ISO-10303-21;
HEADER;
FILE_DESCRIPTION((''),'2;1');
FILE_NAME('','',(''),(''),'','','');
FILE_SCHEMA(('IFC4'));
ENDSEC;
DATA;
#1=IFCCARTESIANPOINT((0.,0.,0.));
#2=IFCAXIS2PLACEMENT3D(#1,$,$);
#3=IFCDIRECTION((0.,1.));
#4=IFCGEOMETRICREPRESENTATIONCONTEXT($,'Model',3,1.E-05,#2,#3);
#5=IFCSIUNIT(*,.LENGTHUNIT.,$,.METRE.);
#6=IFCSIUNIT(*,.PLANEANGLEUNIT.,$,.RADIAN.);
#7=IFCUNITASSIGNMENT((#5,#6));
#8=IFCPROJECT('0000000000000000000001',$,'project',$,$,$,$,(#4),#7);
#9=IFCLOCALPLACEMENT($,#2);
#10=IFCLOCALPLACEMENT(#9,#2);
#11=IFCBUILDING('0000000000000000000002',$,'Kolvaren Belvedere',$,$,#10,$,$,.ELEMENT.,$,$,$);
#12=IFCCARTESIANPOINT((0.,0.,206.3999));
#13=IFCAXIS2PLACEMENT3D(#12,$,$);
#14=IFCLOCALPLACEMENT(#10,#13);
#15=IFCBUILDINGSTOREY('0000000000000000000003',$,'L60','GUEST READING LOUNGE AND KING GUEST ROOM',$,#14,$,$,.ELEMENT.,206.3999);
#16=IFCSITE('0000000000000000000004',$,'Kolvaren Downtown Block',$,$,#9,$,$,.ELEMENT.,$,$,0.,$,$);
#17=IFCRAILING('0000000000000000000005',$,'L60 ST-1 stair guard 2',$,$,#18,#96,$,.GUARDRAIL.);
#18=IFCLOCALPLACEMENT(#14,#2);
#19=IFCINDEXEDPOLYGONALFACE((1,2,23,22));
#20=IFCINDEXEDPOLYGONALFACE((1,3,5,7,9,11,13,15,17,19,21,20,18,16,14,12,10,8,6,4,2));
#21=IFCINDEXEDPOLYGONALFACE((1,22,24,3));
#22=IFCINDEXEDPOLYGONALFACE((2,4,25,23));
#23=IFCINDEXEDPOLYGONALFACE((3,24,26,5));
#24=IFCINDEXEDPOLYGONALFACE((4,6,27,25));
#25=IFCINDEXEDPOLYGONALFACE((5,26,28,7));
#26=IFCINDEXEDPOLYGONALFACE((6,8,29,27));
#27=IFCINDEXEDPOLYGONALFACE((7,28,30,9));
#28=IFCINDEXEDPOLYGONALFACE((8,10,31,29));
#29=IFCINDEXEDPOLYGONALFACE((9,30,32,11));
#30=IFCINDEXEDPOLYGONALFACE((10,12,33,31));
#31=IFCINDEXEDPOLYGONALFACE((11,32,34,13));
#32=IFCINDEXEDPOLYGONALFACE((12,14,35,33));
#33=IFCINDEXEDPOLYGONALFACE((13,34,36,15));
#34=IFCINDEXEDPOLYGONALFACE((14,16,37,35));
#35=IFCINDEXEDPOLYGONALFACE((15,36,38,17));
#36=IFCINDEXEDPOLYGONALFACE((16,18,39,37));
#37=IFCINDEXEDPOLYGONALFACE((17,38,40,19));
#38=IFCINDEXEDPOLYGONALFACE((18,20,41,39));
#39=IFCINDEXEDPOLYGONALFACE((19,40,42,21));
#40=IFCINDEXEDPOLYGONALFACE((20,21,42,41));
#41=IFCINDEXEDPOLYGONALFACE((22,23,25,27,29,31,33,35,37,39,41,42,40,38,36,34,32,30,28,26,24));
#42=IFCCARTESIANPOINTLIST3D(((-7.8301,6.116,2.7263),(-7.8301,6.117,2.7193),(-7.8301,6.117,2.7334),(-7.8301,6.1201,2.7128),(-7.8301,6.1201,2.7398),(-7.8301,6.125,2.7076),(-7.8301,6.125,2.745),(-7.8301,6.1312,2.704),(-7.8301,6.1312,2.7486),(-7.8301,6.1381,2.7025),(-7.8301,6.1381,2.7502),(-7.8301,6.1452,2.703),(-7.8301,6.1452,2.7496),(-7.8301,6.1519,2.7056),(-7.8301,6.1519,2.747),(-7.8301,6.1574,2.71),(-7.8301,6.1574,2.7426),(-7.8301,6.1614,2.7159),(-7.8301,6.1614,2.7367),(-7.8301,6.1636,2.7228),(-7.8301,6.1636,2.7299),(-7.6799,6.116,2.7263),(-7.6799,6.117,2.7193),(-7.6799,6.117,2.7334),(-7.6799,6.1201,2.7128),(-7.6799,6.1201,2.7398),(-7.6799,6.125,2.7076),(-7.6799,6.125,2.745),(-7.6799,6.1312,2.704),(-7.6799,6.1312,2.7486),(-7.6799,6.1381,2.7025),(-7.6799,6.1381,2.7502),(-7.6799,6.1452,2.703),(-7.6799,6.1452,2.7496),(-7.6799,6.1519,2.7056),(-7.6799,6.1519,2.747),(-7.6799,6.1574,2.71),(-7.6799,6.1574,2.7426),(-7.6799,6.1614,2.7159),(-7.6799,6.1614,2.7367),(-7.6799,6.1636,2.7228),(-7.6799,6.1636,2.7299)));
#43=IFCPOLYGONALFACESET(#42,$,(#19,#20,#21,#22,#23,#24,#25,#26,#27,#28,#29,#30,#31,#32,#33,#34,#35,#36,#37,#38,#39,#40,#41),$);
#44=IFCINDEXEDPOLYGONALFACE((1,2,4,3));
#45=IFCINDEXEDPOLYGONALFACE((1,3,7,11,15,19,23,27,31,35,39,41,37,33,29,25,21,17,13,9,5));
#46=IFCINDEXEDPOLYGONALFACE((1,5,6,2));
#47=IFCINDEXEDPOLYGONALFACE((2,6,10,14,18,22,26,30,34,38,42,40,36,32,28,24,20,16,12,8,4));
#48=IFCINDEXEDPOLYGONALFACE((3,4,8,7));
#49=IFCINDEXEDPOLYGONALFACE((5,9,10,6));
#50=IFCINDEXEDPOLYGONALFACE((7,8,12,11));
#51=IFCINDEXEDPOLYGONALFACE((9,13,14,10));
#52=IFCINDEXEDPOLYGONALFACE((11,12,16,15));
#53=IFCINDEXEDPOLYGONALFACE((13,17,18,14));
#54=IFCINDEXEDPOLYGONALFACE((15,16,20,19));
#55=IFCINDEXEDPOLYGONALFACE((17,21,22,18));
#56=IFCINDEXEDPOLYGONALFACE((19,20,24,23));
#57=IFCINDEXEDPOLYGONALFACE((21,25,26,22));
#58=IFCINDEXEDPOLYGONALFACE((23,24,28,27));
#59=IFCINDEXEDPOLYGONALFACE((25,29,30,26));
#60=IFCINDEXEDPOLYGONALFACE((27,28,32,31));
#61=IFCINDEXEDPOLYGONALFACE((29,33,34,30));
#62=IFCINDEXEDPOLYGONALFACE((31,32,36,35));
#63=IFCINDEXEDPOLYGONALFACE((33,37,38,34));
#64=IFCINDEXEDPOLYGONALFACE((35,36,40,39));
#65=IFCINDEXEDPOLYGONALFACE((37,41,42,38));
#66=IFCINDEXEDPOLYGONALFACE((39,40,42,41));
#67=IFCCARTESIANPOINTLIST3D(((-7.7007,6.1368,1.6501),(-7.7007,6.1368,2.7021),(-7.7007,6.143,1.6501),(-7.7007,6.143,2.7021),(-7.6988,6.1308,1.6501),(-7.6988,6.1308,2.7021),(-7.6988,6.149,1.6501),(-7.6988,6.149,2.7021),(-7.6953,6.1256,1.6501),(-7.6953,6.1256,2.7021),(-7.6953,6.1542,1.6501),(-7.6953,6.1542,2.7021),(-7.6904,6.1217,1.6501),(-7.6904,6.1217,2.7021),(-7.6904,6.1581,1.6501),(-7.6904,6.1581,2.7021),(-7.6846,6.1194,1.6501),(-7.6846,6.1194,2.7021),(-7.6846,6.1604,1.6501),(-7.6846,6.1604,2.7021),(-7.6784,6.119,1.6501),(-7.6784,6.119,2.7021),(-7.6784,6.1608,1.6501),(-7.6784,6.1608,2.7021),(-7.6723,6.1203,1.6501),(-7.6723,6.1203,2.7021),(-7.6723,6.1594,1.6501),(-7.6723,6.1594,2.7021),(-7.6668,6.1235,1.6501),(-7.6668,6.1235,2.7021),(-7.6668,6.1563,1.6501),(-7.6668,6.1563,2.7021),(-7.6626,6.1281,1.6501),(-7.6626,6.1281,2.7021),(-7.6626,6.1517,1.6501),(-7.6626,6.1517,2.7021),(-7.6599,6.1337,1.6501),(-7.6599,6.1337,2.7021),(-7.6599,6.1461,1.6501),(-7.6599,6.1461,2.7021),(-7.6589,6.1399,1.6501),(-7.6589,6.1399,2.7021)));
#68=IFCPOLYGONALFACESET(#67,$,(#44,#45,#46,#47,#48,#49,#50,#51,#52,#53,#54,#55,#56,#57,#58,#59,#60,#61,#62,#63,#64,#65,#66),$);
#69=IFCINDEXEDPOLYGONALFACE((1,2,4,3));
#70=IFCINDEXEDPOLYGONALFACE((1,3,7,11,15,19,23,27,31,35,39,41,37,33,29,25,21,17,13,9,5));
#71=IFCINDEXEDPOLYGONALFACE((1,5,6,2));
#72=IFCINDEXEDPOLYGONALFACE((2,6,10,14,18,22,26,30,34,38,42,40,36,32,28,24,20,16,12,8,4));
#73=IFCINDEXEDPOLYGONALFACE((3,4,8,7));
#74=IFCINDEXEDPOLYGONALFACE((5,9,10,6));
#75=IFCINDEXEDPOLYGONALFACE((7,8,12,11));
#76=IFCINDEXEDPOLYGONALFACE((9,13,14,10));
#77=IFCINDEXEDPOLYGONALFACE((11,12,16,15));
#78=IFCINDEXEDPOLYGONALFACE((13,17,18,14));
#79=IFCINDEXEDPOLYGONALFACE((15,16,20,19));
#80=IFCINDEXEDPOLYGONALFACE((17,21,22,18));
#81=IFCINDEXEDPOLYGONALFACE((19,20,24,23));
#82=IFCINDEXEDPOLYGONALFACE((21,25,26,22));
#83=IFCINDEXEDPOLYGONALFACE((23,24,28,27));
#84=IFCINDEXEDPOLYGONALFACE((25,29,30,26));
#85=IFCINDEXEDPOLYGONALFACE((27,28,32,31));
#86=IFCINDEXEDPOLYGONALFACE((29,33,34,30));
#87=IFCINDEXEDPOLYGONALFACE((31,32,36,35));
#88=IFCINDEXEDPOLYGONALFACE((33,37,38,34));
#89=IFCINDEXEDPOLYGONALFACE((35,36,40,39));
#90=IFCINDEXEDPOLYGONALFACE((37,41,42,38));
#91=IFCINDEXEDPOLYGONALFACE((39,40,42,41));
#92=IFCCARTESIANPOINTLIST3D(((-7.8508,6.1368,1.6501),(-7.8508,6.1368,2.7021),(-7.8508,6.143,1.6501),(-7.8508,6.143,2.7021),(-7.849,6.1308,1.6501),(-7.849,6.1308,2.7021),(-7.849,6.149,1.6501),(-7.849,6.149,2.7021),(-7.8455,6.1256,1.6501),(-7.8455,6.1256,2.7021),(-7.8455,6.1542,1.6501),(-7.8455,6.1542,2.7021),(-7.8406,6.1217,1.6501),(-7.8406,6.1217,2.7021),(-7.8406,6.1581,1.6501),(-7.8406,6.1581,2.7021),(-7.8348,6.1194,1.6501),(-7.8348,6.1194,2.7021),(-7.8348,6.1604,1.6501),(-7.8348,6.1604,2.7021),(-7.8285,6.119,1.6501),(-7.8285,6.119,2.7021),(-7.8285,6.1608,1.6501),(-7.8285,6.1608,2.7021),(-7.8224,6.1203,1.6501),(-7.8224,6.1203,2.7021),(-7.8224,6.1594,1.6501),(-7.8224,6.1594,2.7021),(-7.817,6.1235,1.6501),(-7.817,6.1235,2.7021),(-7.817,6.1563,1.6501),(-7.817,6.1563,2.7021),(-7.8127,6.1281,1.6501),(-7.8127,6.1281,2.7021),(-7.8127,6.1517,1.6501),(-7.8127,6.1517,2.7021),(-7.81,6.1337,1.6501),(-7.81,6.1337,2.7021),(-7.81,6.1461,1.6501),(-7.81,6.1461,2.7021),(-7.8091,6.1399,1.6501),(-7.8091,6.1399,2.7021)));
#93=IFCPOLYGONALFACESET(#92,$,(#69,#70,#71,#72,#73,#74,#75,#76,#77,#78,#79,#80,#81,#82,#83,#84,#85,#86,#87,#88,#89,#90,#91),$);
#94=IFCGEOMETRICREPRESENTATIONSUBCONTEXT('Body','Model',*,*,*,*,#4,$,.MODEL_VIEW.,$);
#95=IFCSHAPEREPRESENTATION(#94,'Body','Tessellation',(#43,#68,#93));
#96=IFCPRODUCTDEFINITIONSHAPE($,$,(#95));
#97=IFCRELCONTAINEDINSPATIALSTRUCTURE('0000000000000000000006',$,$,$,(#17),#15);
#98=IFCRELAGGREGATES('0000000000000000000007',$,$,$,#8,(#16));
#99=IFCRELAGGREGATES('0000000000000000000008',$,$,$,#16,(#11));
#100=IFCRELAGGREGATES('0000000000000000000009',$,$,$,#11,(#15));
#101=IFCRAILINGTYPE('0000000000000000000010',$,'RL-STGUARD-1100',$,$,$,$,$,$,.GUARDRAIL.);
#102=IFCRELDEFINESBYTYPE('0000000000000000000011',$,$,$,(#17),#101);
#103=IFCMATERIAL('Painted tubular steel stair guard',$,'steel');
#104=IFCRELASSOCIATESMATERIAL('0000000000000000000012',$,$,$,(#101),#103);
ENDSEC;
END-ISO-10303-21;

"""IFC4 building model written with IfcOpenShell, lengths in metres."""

from ifc_helpers import new_model, si_unit, direction, frame, origin, origin_2d, place, context, subcontext, project, spatial, circle, extrude, material, type_object, element, save


model = new_model("IFC4")

# Units and contexts
model_context = context("Model", 3, precision=1e-05, world=origin(), true_north=direction((0.0, 1.0)))
body_context = subcontext(model_context, "Body", "Model", "MODEL_VIEW")
ifc_project = project(units=[si_unit("LENGTHUNIT", "METRE"), si_unit("PLANEANGLEUNIT", "RADIAN")], contexts=[model_context])

# Site, building, storey
site_placement = place(None, origin())
site = spatial("IfcSite", under=ifc_project, at=site_placement, Name="Kolvaren Downtown Block", CompositionType="ELEMENT", RefElevation=0.0)
building_placement = place(site_placement, origin())
building = spatial("IfcBuilding", under=site, at=building_placement, Name="Kolvaren Belvedere", CompositionType="ELEMENT")
storey_placement = place(building_placement, frame((0.0, 0.0, 206.3999)))
storey = spatial("IfcBuildingStorey", under=building, at=storey_placement, Name="L60", Description="GUEST READING LOUNGE AND KING GUEST ROOM", CompositionType="ELEMENT", Elevation=206.3999)

# Railing
ifc_material_1 = material(Name="Painted tubular steel stair guard", Category="steel")
railing_type_1 = type_object("IfcRailingType", Name="RL-STGUARD-1100", PredefinedType="GUARDRAIL", material=ifc_material_1)
railing_1_placement = place(storey_placement, frame((-7.6799, 6.1399, 1.6501)))
element("IfcRailing", 1, at=railing_1_placement, inside=storey, type_object=railing_type_1, Name="L60 ST-1 stair guard 2", PredefinedType="GUARDRAIL", context=body_context, shape_type="SweptSolid", body=[
    extrude(circle(Radius=0.0239, at=origin_2d()), frame((0.0, 0.0, 1.0762), z_axis=(-1.0, 0.0, 0.0), x_axis=(0.0, -1.0, 0.0)), (0.0, 0.0, 1.0), 0.1501),
    extrude(circle(Radius=0.021, at=origin_2d()), origin(), (0.0, 0.0, 1.0), 1.052),
    extrude(circle(Radius=0.021, at=origin_2d()), frame((-0.1501, 0.0, 0.0)), (0.0, 0.0, 1.0), 1.052),
])

save(model, "model.ifc")
